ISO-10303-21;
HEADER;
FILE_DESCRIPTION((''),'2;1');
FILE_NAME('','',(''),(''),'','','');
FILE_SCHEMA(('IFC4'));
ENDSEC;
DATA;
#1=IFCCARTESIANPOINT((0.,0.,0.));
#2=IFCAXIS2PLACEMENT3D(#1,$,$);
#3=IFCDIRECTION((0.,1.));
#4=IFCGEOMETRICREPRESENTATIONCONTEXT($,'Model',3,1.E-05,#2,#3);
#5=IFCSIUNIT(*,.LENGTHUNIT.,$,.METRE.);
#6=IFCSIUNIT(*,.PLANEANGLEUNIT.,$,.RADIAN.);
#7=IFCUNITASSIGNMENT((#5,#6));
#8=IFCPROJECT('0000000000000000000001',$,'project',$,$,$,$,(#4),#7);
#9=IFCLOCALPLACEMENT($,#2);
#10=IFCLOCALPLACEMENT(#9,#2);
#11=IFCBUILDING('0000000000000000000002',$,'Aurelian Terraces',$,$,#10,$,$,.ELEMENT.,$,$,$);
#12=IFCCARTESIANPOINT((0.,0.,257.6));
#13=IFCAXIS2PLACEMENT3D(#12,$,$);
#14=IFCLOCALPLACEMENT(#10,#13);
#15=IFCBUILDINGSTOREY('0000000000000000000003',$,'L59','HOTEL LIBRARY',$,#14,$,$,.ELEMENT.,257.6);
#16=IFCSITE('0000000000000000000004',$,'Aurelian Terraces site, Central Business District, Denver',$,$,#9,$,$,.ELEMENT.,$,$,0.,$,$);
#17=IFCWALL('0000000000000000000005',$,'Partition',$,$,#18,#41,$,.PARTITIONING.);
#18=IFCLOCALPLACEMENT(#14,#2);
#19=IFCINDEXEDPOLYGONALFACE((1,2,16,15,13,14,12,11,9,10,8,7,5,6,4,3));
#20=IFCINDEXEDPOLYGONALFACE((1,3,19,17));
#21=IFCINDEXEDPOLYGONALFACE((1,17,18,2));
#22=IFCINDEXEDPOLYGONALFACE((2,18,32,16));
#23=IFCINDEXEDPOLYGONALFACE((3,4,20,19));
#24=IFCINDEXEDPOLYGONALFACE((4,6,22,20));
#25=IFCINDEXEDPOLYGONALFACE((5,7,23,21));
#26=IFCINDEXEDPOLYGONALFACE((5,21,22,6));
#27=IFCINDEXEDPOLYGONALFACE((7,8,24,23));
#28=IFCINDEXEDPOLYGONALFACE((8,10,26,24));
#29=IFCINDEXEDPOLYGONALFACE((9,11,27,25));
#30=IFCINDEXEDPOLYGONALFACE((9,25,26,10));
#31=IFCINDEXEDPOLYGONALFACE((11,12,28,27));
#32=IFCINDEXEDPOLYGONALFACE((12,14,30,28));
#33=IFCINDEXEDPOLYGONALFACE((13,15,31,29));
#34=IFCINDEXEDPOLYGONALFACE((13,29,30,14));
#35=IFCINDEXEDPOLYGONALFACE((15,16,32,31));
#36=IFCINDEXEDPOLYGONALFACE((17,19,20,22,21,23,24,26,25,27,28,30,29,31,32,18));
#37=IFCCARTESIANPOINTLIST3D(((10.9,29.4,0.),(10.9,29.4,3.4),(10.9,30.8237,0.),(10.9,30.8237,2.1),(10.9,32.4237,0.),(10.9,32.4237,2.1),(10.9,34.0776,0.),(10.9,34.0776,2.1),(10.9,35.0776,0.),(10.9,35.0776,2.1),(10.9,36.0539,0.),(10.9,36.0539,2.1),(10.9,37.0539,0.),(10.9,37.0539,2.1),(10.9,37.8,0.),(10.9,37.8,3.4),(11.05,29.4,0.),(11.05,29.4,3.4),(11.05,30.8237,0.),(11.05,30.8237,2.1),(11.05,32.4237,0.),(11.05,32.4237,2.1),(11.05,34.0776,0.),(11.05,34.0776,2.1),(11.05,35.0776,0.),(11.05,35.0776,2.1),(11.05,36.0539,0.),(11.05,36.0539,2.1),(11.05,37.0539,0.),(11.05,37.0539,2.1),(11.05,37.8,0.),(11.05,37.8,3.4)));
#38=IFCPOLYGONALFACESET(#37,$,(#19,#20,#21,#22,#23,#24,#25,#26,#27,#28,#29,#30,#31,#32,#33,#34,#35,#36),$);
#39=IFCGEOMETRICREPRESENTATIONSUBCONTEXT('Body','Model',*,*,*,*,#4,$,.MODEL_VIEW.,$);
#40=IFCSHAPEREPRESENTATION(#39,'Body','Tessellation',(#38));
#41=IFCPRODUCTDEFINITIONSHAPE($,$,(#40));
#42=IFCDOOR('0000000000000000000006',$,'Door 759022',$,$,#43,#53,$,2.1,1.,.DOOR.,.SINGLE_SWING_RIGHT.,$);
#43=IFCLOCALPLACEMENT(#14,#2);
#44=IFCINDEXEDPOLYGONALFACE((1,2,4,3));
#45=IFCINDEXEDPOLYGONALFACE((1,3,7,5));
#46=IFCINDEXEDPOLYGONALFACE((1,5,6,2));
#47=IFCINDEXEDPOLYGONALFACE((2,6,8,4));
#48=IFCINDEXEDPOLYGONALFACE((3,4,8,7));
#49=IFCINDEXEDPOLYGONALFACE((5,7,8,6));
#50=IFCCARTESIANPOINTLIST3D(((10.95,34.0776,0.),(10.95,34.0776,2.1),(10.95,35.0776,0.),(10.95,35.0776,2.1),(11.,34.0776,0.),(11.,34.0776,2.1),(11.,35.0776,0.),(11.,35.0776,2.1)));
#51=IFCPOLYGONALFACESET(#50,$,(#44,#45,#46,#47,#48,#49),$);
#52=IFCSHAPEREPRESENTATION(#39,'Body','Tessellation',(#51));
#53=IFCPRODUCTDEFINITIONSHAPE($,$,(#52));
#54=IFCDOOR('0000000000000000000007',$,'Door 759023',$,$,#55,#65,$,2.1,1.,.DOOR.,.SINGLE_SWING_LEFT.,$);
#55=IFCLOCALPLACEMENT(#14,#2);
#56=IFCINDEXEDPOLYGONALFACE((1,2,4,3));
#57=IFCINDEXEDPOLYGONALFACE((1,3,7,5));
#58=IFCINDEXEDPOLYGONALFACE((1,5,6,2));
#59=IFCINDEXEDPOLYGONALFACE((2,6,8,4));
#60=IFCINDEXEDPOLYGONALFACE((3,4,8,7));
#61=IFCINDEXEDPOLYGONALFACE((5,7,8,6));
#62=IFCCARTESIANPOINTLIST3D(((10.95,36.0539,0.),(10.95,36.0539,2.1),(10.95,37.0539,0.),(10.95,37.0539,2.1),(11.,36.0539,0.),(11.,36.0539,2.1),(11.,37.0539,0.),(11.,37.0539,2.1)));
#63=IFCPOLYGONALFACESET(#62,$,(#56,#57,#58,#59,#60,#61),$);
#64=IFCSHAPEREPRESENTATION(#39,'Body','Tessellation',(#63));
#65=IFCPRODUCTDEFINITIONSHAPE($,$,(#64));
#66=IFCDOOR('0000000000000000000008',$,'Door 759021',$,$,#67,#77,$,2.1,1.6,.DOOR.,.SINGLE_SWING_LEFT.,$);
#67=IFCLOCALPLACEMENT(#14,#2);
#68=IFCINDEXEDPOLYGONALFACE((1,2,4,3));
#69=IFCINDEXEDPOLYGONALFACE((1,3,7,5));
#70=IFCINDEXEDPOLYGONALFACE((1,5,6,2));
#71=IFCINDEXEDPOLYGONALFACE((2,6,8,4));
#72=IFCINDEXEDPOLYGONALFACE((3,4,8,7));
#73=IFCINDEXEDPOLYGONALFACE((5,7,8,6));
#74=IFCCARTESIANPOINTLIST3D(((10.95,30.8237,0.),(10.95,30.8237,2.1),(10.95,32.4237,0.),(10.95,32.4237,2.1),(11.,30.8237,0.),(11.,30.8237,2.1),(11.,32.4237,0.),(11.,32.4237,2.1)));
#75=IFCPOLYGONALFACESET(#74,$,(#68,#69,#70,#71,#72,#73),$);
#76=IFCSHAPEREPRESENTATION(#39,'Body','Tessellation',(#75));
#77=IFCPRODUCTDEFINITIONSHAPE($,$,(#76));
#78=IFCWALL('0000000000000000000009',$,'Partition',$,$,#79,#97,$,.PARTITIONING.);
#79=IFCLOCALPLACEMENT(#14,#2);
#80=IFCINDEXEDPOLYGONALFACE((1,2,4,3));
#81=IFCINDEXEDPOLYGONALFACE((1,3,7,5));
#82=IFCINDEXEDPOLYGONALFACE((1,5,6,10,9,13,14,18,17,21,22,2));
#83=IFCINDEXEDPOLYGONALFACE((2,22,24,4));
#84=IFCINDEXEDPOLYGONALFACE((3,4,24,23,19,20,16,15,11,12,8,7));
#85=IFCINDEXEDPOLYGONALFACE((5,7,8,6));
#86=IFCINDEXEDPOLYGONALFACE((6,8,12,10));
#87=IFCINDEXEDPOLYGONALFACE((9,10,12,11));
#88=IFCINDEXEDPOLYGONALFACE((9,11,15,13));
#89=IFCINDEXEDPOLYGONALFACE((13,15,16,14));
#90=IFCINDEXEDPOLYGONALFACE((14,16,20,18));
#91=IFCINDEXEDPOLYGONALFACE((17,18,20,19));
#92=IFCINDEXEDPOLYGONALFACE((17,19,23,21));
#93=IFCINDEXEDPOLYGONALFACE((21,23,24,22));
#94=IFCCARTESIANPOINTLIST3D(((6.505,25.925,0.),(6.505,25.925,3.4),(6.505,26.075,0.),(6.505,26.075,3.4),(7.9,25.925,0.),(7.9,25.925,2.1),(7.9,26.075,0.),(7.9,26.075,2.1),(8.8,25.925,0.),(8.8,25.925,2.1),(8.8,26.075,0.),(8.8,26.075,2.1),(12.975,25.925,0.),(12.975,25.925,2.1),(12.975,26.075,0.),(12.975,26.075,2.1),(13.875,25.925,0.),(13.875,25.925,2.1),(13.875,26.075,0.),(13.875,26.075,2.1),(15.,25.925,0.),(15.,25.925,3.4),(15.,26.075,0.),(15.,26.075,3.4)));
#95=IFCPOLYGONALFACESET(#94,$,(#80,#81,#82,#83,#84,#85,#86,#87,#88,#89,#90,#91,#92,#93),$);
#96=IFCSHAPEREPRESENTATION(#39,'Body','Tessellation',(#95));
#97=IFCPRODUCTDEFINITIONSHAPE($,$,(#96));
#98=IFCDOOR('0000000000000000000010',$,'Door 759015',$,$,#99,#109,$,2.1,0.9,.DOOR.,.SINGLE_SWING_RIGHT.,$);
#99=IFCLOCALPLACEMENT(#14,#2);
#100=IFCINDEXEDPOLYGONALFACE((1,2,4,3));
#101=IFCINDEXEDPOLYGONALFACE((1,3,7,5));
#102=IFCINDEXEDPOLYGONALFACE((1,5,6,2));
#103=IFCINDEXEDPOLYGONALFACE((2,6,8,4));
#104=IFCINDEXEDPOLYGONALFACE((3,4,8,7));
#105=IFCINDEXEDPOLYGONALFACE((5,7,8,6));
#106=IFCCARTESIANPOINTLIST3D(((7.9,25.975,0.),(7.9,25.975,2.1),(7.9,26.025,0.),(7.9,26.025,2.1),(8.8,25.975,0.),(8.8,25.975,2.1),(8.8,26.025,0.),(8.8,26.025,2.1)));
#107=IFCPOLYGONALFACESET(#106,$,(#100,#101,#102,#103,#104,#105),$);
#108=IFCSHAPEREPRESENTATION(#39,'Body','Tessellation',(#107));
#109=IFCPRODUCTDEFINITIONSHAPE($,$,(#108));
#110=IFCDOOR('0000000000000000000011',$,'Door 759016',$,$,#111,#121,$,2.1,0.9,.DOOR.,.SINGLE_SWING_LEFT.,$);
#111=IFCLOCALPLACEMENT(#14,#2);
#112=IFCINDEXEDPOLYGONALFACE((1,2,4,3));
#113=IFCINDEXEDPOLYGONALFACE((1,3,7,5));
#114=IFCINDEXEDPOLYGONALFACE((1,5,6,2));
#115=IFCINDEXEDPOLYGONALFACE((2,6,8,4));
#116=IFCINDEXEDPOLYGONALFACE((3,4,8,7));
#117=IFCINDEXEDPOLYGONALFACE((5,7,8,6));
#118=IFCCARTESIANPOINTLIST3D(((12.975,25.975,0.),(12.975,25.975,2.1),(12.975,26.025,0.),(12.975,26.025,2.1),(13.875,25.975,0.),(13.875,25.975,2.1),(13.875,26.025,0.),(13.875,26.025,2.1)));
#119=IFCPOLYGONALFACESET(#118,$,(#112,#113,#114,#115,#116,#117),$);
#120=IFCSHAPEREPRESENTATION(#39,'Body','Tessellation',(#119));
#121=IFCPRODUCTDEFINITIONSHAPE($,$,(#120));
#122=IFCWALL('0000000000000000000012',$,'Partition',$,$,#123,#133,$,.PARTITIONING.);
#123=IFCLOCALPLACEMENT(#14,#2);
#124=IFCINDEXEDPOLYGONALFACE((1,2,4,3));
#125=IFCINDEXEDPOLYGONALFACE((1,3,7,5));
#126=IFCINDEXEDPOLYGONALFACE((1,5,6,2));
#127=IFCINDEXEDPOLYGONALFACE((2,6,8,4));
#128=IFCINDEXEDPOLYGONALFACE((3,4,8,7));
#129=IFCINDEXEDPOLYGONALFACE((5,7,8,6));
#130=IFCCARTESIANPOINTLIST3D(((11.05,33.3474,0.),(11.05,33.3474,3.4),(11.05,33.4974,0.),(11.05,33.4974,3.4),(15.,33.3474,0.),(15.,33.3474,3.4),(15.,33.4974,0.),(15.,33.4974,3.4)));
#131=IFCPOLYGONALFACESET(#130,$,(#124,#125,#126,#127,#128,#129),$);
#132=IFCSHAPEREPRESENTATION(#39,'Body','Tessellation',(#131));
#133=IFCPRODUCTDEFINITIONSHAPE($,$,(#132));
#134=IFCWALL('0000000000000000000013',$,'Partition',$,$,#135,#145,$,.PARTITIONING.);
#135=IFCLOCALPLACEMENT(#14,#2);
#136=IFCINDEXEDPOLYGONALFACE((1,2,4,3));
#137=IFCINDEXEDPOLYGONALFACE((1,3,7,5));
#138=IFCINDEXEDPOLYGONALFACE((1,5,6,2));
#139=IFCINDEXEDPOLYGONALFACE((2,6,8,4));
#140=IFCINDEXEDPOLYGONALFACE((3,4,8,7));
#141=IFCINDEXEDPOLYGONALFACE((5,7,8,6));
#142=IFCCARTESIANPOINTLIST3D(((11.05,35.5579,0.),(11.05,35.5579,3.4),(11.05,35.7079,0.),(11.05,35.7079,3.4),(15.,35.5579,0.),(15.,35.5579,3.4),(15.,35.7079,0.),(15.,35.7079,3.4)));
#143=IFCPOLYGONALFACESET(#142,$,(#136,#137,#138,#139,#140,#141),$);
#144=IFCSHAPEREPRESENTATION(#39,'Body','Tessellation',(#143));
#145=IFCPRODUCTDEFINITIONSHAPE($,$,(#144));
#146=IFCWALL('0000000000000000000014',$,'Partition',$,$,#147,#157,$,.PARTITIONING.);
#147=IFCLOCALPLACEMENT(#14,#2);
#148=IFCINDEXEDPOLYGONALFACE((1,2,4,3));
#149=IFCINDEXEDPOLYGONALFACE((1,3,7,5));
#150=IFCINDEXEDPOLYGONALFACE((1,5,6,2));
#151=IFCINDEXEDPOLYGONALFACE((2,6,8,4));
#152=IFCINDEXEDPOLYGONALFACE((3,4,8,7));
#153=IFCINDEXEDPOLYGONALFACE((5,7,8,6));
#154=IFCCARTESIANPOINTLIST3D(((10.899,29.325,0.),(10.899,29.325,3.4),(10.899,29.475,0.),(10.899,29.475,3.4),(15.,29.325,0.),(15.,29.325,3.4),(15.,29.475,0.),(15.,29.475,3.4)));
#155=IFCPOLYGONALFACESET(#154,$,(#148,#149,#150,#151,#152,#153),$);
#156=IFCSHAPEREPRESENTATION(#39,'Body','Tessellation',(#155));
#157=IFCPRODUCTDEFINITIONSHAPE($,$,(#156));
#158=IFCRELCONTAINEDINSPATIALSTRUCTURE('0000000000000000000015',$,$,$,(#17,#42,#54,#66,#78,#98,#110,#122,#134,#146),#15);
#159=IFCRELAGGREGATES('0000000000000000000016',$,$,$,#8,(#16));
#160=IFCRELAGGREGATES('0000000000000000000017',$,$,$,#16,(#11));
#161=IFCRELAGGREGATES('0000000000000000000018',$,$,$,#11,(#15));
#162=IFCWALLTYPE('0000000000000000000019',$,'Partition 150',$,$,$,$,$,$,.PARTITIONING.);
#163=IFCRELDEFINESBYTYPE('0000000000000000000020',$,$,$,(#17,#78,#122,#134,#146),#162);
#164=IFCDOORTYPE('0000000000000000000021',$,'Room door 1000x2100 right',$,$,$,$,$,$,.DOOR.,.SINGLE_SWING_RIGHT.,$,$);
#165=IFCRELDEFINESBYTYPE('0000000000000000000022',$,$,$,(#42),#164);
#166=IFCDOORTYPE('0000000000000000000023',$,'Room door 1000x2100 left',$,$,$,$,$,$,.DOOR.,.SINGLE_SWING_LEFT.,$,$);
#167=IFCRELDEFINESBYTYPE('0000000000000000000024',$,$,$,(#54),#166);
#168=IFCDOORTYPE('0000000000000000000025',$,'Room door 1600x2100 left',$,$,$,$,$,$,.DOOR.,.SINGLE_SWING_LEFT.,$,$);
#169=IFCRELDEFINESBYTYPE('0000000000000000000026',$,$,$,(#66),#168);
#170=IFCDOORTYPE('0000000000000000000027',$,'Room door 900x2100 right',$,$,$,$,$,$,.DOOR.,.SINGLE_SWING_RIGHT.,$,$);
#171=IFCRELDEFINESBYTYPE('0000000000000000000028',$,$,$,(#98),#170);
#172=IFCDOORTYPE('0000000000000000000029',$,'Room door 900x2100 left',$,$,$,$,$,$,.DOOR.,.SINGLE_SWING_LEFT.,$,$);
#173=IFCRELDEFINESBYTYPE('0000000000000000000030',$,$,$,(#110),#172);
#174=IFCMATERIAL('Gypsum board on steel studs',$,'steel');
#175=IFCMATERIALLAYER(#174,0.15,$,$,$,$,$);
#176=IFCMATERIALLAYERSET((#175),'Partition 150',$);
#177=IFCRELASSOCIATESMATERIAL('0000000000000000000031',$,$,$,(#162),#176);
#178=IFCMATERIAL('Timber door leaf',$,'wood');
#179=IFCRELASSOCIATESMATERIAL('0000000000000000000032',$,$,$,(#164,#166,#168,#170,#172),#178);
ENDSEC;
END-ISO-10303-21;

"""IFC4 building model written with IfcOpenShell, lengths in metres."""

from ifc_helpers import new_model, si_unit, direction, frame, frame_2d, origin, place, context, subcontext, project, spatial, rectangle, extrude, source, transform, mapped, material, layer, layer_set, type_object, element, fill, save


model = new_model("IFC4")

# Units and contexts
model_context = context("Model", 3, precision=1e-05, world=origin(), true_north=direction((0.0, 1.0)))
body_context = subcontext(model_context, "Body", "Model", "MODEL_VIEW")
ifc_project = project(units=[si_unit("LENGTHUNIT", "METRE"), si_unit("PLANEANGLEUNIT", "RADIAN")], contexts=[model_context])

# Site, building, storey
site_placement = place(None, origin())
site = spatial("IfcSite", under=ifc_project, at=site_placement, Name="Aurelian Terraces site, Central Business District, Denver", CompositionType="ELEMENT", RefElevation=0.0)
building_placement = place(site_placement, origin())
building = spatial("IfcBuilding", under=site, at=building_placement, Name="Aurelian Terraces", CompositionType="ELEMENT")
storey_placement = place(building_placement, frame((0.0, 0.0, 257.6)))
storey = spatial("IfcBuildingStorey", under=building, at=storey_placement, Name="L59", Description="HOTEL LIBRARY", CompositionType="ELEMENT", Elevation=257.6)

# Shared definitions
ifc_material_1 = material(Name="Gypsum board on steel studs", Category="steel")
ifc_layer_1 = layer(ifc_material_1, 0.15)
ifc_layer_set_1 = layer_set([ifc_layer_1], Name="Partition 150")
wall_type_1 = type_object("IfcWallType", Name="Partition 150", PredefinedType="PARTITIONING", material=ifc_layer_set_1)

# Walls, openings, doors
shared_shape_1 = source(origin(), body_context, "Body", "SweptSolid", [
    extrude(rectangle(XDim=8.4, YDim=0.15, at=frame_2d((4.2, 0.0))), origin(), (0.0, 0.0, 1.0), 3.4),
])
wall_1_placement = place(storey_placement, frame((10.975, 29.4, 0.0), z_axis=(0.0, 0.0, 1.0), x_axis=(0.0, 1.0, 0.0)))
wall_1 = element("IfcWall", 1, at=wall_1_placement, inside=storey, type_object=wall_type_1, Name="Partition", PredefinedType="PARTITIONING", context=body_context, shape_type="MappedRepresentation", body=[
    mapped(shared_shape_1, transform((0.0, 0.0, 0.0), scale=1.0)),
])
shared_shape_2 = source(origin(), body_context, "Body", "SweptSolid", [
    extrude(rectangle(XDim=1.6, YDim=2.1, at=frame_2d((0.8, 1.05))), frame((0.0, 0.085, 0.0), z_axis=(0.0, -1.0, 0.0), x_axis=(1.0, 0.0, 0.0)), (0.0, 0.0, 1.0), 0.17),
])
opening_1_placement = place(wall_1_placement, frame((1.4237, 0.0, 0.0)))
opening_1 = element("IfcOpeningElement", 2, at=opening_1_placement, cuts=wall_1, PredefinedType="OPENING", context=body_context, shape_type="MappedRepresentation", body=[
    mapped(shared_shape_2, transform((0.0, 0.0, 0.0), scale=1.0)),
])
shared_shape_3 = source(origin(), body_context, "Body", "SweptSolid", [
    extrude(rectangle(XDim=1.0, YDim=2.1, at=frame_2d((0.5, 1.05))), frame((0.0, 0.085, 0.0), z_axis=(0.0, -1.0, 0.0), x_axis=(1.0, 0.0, 0.0)), (0.0, 0.0, 1.0), 0.17),
])
opening_2_placement = place(wall_1_placement, frame((4.6776, 0.0, 0.0)))
opening_2 = element("IfcOpeningElement", 3, at=opening_2_placement, cuts=wall_1, PredefinedType="OPENING", context=body_context, shape_type="MappedRepresentation", body=[
    mapped(shared_shape_3, transform((0.0, 0.0, 0.0), scale=1.0)),
])
opening_3_placement = place(wall_1_placement, frame((6.6539, 0.0, 0.0)))
opening_3 = element("IfcOpeningElement", 4, at=opening_3_placement, cuts=wall_1, PredefinedType="OPENING", context=body_context, shape_type="MappedRepresentation", body=[
    mapped(shared_shape_3, transform((0.0, 0.0, 0.0), scale=1.0)),
])
ifc_material_2 = material(Name="Timber door leaf", Category="wood")
door_type_1 = type_object("IfcDoorType", Name="Room door 1000x2100 right", OperationType="SINGLE_SWING_RIGHT", PredefinedType="DOOR", material=ifc_material_2)
shared_shape_4 = source(origin(), body_context, "Body", "SweptSolid", [
    extrude(rectangle(XDim=1.0, YDim=2.1, at=frame_2d((0.5, 1.05))), frame((0.0, 0.025, 0.0), z_axis=(0.0, -1.0, 0.0), x_axis=(1.0, 0.0, 0.0)), (0.0, 0.0, 1.0), 0.05),
])
door_1_placement = place(opening_2_placement, origin())
door_1 = element("IfcDoor", 5, at=door_1_placement, inside=storey, type_object=door_type_1, Name="Door 759022", OperationType="SINGLE_SWING_RIGHT", OverallHeight=2.1, OverallWidth=1.0, PredefinedType="DOOR", context=body_context, shape_type="MappedRepresentation", body=[
    mapped(shared_shape_4, transform((0.0, 0.0, 0.0), scale=1.0)),
])
fill(opening_2, door_1)
door_type_2 = type_object("IfcDoorType", Name="Room door 1000x2100 left", OperationType="SINGLE_SWING_LEFT", PredefinedType="DOOR", material=ifc_material_2)
door_2_placement = place(opening_3_placement, origin())
door_2 = element("IfcDoor", 6, at=door_2_placement, inside=storey, type_object=door_type_2, Name="Door 759023", OperationType="SINGLE_SWING_LEFT", OverallHeight=2.1, OverallWidth=1.0, PredefinedType="DOOR", context=body_context, shape_type="MappedRepresentation", body=[
    mapped(shared_shape_4, transform((0.0, 0.0, 0.0), scale=1.0)),
])
fill(opening_3, door_2)
door_type_3 = type_object("IfcDoorType", Name="Room door 1600x2100 left", OperationType="SINGLE_SWING_LEFT", PredefinedType="DOOR", material=ifc_material_2)
shared_shape_5 = source(origin(), body_context, "Body", "SweptSolid", [
    extrude(rectangle(XDim=1.6, YDim=2.1, at=frame_2d((0.8, 1.05))), frame((0.0, 0.025, 0.0), z_axis=(0.0, -1.0, 0.0), x_axis=(1.0, 0.0, 0.0)), (0.0, 0.0, 1.0), 0.05),
])
door_3_placement = place(opening_1_placement, origin())
door_3 = element("IfcDoor", 7, at=door_3_placement, inside=storey, type_object=door_type_3, Name="Door 759021", OperationType="SINGLE_SWING_LEFT", OverallHeight=2.1, OverallWidth=1.6, PredefinedType="DOOR", context=body_context, shape_type="MappedRepresentation", body=[
    mapped(shared_shape_5, transform((0.0, 0.0, 0.0), scale=1.0)),
])
fill(opening_1, door_3)
shared_shape_6 = source(origin(), body_context, "Body", "SweptSolid", [
    extrude(rectangle(XDim=8.495, YDim=0.15, at=frame_2d((4.2475, 0.0))), origin(), (0.0, 0.0, 1.0), 3.4),
])
wall_2_placement = place(storey_placement, frame((6.505, 26.0, 0.0), z_axis=(0.0, 0.0, 1.0), x_axis=(1.0, 0.0, 0.0)))
wall_2 = element("IfcWall", 8, at=wall_2_placement, inside=storey, type_object=wall_type_1, Name="Partition", PredefinedType="PARTITIONING", context=body_context, shape_type="MappedRepresentation", body=[
    mapped(shared_shape_6, transform((0.0, 0.0, 0.0), scale=1.0)),
])
shared_shape_7 = source(origin(), body_context, "Body", "SweptSolid", [
    extrude(rectangle(XDim=0.9, YDim=2.1, at=frame_2d((0.45, 1.05))), frame((0.0, 0.085, 0.0), z_axis=(0.0, -1.0, 0.0), x_axis=(1.0, 0.0, 0.0)), (0.0, 0.0, 1.0), 0.17),
])
opening_4_placement = place(wall_2_placement, frame((1.395, 0.0, 0.0)))
opening_4 = element("IfcOpeningElement", 9, at=opening_4_placement, cuts=wall_2, PredefinedType="OPENING", context=body_context, shape_type="MappedRepresentation", body=[
    mapped(shared_shape_7, transform((0.0, 0.0, 0.0), scale=1.0)),
])
opening_5_placement = place(wall_2_placement, frame((6.47, 0.0, 0.0)))
opening_5 = element("IfcOpeningElement", 10, at=opening_5_placement, cuts=wall_2, PredefinedType="OPENING", context=body_context, shape_type="MappedRepresentation", body=[
    mapped(shared_shape_7, transform((0.0, 0.0, 0.0), scale=1.0)),
])
door_type_4 = type_object("IfcDoorType", Name="Room door 900x2100 right", OperationType="SINGLE_SWING_RIGHT", PredefinedType="DOOR", material=ifc_material_2)
shared_shape_8 = source(origin(), body_context, "Body", "SweptSolid", [
    extrude(rectangle(XDim=0.9, YDim=2.1, at=frame_2d((0.45, 1.05))), frame((0.0, 0.025, 0.0), z_axis=(0.0, -1.0, 0.0), x_axis=(1.0, 0.0, 0.0)), (0.0, 0.0, 1.0), 0.05),
])
door_4_placement = place(opening_4_placement, origin())
door_4 = element("IfcDoor", 11, at=door_4_placement, inside=storey, type_object=door_type_4, Name="Door 759015", OperationType="SINGLE_SWING_RIGHT", OverallHeight=2.1, OverallWidth=0.9, PredefinedType="DOOR", context=body_context, shape_type="MappedRepresentation", body=[
    mapped(shared_shape_8, transform((0.0, 0.0, 0.0), scale=1.0)),
])
fill(opening_4, door_4)
door_type_5 = type_object("IfcDoorType", Name="Room door 900x2100 left", OperationType="SINGLE_SWING_LEFT", PredefinedType="DOOR", material=ifc_material_2)
door_5_placement = place(opening_5_placement, origin())
door_5 = element("IfcDoor", 12, at=door_5_placement, inside=storey, type_object=door_type_5, Name="Door 759016", OperationType="SINGLE_SWING_LEFT", OverallHeight=2.1, OverallWidth=0.9, PredefinedType="DOOR", context=body_context, shape_type="MappedRepresentation", body=[
    mapped(shared_shape_8, transform((0.0, 0.0, 0.0), scale=1.0)),
])
fill(opening_5, door_5)

# Walls
shared_shape_9 = source(origin(), body_context, "Body", "SweptSolid", [
    extrude(rectangle(XDim=3.95, YDim=0.15, at=frame_2d((1.975, 0.0))), origin(), (0.0, 0.0, 1.0), 3.4),
])
for number, where, z_axis, x_axis, name in (
    (13, (15.0, 33.4224, 0.0), (0.0, 0.0, 1.0), (-1.0, 0.0, 0.0), "Partition"),
    (14, (15.0, 35.6329, 0.0), (0.0, 0.0, 1.0), (-1.0, 0.0, 0.0), "Partition"),
):
    element("IfcWall", number, at=place(storey_placement, frame(where, z_axis=z_axis, x_axis=x_axis)), inside=storey, type_object=wall_type_1, Name=name, PredefinedType="PARTITIONING", context=body_context, shape_type="MappedRepresentation", body=[
        mapped(shared_shape_9, transform((0.0, 0.0, 0.0), scale=1.0)),
    ])
shared_shape_10 = source(origin(), body_context, "Body", "SweptSolid", [
    extrude(rectangle(XDim=4.101, YDim=0.15, at=frame_2d((2.0505, 0.0))), origin(), (0.0, 0.0, 1.0), 3.4),
])
wall_3_placement = place(storey_placement, frame((15.0, 29.4, 0.0), z_axis=(0.0, 0.0, 1.0), x_axis=(-1.0, 0.0, 0.0)))
element("IfcWall", 15, at=wall_3_placement, inside=storey, type_object=wall_type_1, Name="Partition", PredefinedType="PARTITIONING", context=body_context, shape_type="MappedRepresentation", body=[
    mapped(shared_shape_10, transform((0.0, 0.0, 0.0), scale=1.0)),
])

save(model, "model.ifc")
